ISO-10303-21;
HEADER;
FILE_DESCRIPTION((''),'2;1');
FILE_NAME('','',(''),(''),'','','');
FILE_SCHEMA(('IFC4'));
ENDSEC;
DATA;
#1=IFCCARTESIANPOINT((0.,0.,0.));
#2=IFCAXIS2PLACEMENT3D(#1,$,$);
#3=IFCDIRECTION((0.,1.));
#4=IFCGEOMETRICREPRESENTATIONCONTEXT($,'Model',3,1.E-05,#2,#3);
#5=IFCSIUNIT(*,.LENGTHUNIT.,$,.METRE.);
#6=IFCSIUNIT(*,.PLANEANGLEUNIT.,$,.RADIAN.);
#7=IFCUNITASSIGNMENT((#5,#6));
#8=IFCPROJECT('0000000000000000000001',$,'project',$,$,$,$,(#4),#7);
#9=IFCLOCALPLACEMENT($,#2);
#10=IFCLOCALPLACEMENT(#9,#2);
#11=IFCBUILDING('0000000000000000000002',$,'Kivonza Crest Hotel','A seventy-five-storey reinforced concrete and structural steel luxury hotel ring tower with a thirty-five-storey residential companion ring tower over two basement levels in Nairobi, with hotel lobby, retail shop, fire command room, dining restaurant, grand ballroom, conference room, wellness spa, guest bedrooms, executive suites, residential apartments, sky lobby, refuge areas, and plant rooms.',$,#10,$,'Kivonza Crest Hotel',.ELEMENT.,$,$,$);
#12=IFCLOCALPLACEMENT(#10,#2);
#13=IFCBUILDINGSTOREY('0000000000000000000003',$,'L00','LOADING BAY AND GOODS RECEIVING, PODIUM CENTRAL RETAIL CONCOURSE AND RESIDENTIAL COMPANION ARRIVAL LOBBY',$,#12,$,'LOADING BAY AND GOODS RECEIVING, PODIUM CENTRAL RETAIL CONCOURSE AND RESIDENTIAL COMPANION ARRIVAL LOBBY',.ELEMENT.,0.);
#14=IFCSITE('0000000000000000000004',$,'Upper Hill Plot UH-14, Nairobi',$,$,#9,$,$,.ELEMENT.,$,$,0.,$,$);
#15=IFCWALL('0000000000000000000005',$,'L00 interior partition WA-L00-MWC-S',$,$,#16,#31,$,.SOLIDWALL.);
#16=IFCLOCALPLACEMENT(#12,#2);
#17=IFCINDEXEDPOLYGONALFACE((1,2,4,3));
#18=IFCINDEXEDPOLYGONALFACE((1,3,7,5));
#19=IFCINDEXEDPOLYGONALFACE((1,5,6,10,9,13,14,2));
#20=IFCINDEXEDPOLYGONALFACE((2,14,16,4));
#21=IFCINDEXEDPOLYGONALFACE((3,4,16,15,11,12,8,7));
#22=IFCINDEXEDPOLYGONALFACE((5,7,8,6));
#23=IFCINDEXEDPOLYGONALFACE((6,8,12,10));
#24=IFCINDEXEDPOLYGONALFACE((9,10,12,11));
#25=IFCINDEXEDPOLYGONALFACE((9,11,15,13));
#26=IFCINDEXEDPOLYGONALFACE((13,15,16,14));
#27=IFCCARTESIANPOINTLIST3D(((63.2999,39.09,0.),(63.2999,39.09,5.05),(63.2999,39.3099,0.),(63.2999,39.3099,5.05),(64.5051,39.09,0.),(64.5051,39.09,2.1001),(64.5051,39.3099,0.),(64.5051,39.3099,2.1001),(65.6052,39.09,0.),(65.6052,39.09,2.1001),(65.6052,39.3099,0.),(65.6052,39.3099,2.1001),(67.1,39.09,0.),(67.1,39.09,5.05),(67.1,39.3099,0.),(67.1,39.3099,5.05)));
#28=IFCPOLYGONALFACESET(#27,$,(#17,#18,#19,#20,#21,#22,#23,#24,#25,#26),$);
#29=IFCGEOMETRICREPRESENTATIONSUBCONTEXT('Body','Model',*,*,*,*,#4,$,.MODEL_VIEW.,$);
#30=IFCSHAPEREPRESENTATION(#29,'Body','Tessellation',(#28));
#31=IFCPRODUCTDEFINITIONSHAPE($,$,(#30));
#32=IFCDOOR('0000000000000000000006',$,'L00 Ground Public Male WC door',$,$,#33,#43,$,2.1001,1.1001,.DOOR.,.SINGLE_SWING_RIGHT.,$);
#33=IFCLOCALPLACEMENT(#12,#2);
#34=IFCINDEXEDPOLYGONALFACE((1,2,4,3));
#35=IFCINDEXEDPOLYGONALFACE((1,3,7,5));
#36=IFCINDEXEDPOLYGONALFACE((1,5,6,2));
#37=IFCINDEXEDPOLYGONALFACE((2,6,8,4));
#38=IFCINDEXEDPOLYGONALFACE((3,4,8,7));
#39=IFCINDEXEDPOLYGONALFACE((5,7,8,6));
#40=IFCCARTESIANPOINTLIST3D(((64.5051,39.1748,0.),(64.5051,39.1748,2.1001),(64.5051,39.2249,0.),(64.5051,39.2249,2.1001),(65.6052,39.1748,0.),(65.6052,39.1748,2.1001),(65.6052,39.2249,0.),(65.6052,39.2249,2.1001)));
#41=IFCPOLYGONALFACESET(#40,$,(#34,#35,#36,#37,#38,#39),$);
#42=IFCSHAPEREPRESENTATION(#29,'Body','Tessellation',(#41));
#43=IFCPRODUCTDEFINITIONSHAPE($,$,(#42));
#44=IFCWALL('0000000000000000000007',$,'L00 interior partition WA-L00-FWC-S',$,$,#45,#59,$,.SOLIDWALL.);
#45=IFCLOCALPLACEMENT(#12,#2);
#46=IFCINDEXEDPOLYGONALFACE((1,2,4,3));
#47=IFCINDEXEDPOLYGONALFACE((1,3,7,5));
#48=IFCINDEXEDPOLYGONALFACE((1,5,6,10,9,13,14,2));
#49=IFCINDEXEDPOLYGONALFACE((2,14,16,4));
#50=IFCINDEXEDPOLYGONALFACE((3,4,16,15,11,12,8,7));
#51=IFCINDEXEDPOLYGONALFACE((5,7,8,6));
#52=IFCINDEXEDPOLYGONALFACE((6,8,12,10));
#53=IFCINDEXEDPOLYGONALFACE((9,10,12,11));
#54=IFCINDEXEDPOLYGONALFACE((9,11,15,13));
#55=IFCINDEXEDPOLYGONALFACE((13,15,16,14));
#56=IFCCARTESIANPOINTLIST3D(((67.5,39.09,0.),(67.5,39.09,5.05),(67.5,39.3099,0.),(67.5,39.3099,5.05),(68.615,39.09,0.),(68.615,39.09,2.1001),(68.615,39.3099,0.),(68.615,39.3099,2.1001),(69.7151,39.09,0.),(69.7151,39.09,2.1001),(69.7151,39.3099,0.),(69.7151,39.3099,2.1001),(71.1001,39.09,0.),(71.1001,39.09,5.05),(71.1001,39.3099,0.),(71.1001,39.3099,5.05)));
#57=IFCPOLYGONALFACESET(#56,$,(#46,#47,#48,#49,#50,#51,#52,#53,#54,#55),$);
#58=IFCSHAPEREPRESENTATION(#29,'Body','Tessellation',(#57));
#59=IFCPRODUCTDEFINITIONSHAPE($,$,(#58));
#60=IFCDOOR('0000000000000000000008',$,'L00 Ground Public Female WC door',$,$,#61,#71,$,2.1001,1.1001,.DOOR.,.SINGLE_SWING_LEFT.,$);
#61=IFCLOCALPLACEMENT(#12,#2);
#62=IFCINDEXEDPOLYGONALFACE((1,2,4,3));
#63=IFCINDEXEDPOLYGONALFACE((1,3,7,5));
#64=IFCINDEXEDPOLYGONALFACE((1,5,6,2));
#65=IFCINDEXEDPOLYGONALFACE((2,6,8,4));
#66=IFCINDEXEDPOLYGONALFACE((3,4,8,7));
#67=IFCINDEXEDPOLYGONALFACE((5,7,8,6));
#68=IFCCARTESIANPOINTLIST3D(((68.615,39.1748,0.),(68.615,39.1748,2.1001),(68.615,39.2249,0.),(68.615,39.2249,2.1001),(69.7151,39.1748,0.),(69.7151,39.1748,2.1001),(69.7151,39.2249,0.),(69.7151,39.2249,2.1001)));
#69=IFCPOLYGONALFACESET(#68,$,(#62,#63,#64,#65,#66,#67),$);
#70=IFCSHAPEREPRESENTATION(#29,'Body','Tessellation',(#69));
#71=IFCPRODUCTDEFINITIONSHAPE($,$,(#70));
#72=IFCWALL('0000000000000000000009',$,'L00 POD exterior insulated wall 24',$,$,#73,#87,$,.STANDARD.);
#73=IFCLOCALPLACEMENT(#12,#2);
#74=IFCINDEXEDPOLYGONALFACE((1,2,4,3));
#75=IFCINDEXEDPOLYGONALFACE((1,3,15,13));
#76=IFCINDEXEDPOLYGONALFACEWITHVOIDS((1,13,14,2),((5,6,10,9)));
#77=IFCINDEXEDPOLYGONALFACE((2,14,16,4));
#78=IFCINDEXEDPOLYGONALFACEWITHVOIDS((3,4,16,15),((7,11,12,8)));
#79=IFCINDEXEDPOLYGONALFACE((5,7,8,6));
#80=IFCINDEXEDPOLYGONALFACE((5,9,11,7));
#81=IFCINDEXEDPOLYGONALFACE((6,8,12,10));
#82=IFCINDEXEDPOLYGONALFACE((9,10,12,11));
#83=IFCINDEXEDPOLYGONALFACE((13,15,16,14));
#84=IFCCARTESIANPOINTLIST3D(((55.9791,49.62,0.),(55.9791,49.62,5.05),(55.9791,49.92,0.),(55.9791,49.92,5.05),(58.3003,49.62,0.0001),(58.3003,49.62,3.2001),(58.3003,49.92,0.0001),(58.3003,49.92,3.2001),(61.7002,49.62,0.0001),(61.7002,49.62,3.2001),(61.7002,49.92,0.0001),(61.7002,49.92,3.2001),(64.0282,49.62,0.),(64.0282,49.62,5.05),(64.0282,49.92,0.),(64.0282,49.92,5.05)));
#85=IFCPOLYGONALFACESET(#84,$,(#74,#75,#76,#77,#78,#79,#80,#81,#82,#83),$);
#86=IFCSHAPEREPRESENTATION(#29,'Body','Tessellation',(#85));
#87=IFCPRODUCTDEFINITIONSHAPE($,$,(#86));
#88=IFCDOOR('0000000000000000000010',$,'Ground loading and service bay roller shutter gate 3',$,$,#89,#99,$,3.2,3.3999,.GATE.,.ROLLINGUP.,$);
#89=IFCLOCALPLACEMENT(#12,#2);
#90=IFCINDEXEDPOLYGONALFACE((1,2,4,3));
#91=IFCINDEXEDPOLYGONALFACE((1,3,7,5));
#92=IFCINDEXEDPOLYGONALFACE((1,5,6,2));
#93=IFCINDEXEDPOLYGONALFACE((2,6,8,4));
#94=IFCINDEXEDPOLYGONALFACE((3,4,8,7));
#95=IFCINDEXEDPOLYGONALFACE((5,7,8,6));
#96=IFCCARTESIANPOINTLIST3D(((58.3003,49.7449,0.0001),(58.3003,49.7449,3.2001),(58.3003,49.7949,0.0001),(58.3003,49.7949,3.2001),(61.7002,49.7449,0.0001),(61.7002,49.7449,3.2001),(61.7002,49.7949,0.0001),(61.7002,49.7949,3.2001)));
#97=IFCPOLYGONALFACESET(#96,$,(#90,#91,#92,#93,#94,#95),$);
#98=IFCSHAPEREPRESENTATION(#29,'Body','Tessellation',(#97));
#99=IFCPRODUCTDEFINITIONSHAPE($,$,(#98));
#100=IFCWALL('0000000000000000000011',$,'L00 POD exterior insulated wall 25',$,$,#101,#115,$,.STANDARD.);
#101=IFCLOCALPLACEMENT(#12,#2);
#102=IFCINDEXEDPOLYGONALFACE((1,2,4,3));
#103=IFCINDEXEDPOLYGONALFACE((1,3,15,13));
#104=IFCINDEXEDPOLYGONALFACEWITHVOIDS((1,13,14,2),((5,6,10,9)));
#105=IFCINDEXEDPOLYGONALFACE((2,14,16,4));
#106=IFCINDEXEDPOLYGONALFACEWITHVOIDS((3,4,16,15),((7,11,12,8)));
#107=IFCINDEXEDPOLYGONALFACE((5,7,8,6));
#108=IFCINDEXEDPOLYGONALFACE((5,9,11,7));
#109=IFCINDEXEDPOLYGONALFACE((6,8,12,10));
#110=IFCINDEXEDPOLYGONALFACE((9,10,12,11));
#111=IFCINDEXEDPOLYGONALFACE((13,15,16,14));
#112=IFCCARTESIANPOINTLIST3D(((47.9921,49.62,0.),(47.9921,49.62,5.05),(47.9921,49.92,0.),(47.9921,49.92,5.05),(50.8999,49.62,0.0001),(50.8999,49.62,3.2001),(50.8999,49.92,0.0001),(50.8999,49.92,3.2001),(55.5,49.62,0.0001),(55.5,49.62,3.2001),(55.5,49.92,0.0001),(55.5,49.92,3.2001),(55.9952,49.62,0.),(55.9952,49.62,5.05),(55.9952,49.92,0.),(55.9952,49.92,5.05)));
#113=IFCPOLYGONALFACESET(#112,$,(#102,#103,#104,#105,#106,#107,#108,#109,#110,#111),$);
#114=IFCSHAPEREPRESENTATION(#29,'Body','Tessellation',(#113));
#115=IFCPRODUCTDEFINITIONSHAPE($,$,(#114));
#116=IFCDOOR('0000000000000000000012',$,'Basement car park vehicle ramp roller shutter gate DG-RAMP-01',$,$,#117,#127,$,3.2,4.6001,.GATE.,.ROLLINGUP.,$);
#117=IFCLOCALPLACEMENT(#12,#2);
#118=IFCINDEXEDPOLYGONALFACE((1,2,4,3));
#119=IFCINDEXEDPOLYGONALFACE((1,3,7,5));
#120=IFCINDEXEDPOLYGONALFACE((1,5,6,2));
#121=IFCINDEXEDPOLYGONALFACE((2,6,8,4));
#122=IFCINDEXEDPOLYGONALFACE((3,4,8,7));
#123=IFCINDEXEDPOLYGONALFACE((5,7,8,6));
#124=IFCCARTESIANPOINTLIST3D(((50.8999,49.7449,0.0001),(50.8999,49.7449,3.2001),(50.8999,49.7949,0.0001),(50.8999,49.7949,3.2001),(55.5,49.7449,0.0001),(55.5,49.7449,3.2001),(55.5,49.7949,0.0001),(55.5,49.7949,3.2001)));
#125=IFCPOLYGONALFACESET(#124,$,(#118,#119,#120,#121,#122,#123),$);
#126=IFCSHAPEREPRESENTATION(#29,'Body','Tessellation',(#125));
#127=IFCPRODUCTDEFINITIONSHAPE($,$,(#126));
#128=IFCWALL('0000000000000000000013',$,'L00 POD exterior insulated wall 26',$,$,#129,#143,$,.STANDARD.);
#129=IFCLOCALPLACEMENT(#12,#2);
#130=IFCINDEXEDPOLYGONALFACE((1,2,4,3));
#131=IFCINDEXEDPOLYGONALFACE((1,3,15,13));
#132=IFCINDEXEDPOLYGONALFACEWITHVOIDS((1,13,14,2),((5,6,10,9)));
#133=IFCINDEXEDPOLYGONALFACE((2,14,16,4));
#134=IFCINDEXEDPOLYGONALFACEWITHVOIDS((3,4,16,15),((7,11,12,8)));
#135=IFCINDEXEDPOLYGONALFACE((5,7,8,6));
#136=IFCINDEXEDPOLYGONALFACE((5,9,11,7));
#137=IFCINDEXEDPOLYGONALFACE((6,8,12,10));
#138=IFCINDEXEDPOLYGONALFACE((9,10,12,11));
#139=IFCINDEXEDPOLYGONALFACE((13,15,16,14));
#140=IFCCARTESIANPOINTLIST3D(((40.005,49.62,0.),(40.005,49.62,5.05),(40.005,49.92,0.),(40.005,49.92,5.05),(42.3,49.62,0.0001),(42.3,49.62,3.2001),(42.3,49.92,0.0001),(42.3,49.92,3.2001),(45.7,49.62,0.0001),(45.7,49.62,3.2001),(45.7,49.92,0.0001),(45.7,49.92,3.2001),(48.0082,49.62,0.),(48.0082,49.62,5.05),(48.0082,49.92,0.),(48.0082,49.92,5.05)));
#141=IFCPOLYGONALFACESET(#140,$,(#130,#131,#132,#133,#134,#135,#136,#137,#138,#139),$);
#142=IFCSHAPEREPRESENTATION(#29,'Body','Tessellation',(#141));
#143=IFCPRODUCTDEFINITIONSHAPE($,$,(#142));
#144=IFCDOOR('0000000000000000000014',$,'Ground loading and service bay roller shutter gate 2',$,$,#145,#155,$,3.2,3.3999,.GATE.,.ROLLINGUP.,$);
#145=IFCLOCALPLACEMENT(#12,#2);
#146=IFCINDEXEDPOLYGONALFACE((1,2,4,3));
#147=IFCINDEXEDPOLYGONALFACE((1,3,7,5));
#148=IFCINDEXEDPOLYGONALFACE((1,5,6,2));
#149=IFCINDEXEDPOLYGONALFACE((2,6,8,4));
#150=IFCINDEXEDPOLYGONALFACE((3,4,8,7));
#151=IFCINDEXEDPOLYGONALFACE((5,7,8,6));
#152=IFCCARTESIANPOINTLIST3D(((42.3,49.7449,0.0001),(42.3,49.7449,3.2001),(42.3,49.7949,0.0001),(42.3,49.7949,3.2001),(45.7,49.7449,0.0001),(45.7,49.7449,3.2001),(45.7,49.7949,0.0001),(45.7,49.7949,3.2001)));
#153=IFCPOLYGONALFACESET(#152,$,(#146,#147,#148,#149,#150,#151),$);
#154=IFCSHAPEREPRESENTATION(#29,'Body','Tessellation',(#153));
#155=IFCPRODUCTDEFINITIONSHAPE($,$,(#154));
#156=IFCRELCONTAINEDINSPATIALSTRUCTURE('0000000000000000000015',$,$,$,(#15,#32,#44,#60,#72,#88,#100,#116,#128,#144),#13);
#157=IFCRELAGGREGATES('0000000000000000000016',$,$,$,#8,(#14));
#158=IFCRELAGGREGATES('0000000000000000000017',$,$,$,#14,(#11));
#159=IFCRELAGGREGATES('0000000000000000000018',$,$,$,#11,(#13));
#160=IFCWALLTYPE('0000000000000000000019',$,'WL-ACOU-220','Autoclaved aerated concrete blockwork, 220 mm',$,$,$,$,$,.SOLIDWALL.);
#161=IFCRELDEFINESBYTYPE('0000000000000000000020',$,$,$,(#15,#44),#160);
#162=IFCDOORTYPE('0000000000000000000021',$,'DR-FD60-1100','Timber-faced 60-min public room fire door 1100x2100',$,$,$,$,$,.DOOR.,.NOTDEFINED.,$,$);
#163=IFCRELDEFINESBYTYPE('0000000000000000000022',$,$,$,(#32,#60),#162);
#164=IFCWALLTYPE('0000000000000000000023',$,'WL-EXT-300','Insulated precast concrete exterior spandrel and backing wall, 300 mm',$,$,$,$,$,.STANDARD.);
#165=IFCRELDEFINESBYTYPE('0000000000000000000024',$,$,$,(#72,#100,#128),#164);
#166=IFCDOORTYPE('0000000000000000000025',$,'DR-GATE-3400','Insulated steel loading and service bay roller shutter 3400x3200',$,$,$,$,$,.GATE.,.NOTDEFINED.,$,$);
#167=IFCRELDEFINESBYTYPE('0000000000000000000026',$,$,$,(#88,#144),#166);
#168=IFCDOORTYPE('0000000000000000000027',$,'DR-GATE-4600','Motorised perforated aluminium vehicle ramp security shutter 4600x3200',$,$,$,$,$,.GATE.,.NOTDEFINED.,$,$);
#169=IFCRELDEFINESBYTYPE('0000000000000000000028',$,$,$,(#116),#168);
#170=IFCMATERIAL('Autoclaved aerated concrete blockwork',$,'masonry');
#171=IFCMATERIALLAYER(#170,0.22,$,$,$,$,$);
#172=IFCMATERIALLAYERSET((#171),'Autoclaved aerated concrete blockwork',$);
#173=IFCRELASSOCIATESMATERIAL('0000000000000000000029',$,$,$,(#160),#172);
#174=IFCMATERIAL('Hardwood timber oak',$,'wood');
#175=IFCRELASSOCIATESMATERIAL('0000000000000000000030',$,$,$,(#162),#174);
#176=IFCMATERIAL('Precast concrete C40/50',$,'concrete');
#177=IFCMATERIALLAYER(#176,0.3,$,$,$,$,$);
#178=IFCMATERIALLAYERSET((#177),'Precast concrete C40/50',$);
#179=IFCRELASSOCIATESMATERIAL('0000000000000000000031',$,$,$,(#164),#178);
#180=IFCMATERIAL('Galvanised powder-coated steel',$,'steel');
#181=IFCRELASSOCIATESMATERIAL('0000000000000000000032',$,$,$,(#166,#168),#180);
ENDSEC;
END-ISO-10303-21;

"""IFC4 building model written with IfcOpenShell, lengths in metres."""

from ifc_helpers import new_model, si_unit, direction, frame, frame_2d, origin, place, context, subcontext, project, spatial, rectangle, extrude, material, layer, layer_set, type_object, element, fill, save


model = new_model("IFC4")

# Units and contexts
model_context = context("Model", 3, precision=1e-05, world=origin(), true_north=direction((0.0, 1.0)))
body_context = subcontext(model_context, "Body", "Model", "MODEL_VIEW")
ifc_project = project(units=[si_unit("LENGTHUNIT", "METRE"), si_unit("PLANEANGLEUNIT", "RADIAN")], contexts=[model_context])

# Site, building, storey
site_placement = place(None, origin())
site = spatial("IfcSite", under=ifc_project, at=site_placement, Name="Upper Hill Plot UH-14, Nairobi", CompositionType="ELEMENT", RefElevation=0.0)
building_placement = place(site_placement, origin())
building = spatial("IfcBuilding", under=site, at=building_placement, Name="Kivonza Crest Hotel", Description="A seventy-five-storey reinforced concrete and structural steel luxury hotel ring tower with a thirty-five-storey residential companion ring tower over two basement levels in Nairobi, with hotel lobby, retail shop, fire command room, dining restaurant, grand ballroom, conference room, wellness spa, guest bedrooms, executive suites, residential apartments, sky lobby, refuge areas, and plant rooms.", LongName="Kivonza Crest Hotel", CompositionType="ELEMENT")
storey_placement = place(building_placement, origin())
storey = spatial("IfcBuildingStorey", under=building, at=storey_placement, Name="L00", Description="LOADING BAY AND GOODS RECEIVING, PODIUM CENTRAL RETAIL CONCOURSE AND RESIDENTIAL COMPANION ARRIVAL LOBBY", LongName="LOADING BAY AND GOODS RECEIVING, PODIUM CENTRAL RETAIL CONCOURSE AND RESIDENTIAL COMPANION ARRIVAL LOBBY", CompositionType="ELEMENT", Elevation=0.0)

# Walls, openings, doors
ifc_material_1 = material(Name="Autoclaved aerated concrete blockwork", Category="masonry")
ifc_layer_1 = layer(ifc_material_1, 0.22)
ifc_layer_set_1 = layer_set([ifc_layer_1], Name="Autoclaved aerated concrete blockwork")
wall_type_1 = type_object("IfcWallType", Name="WL-ACOU-220", Description="Autoclaved aerated concrete blockwork, 220 mm", PredefinedType="SOLIDWALL", material=ifc_layer_set_1)
wall_1_placement = place(storey_placement, frame((63.3, 39.2, 0.0), z_axis=(0.0, 0.0, 1.0), x_axis=(1.0, 0.0, 0.0)))
wall_1 = element("IfcWall", 1, at=wall_1_placement, inside=storey, type_object=wall_type_1, Name="L00 interior partition WA-L00-MWC-S", PredefinedType="SOLIDWALL", context=body_context, shape_type="SweptSolid", body=[
    extrude(rectangle(XDim=3.8, YDim=0.22, at=frame_2d((1.8999, 0.0))), origin(), (0.0, 0.0, 1.0), 5.05),
])
opening_1_placement = place(wall_1_placement, frame((1.2051, 0.0, 0.0)))
opening_1 = element("IfcOpeningElement", 2, at=opening_1_placement, cuts=wall_1, PredefinedType="OPENING", context=body_context, shape_type="SweptSolid", body=[
    extrude(rectangle(XDim=1.1001, YDim=2.1001, at=frame_2d((0.55, 1.05))), frame((0.0, 0.1201, 0.0), z_axis=(0.0, -1.0, 0.0), x_axis=(1.0, 0.0, 0.0)), (0.0, 0.0, 1.0), 0.24),
])
ifc_material_2 = material(Name="Hardwood timber oak", Category="wood")
door_type_1 = type_object("IfcDoorType", Name="DR-FD60-1100", Description="Timber-faced 60-min public room fire door 1100x2100", OperationType="NOTDEFINED", PredefinedType="DOOR", material=ifc_material_2)
door_1_placement = place(opening_1_placement, origin())
door_1 = element("IfcDoor", 3, at=door_1_placement, inside=storey, type_object=door_type_1, Name="L00 Ground Public Male WC door", OperationType="SINGLE_SWING_RIGHT", OverallHeight=2.1001, OverallWidth=1.1001, PredefinedType="DOOR", context=body_context, shape_type="SweptSolid", body=[
    extrude(rectangle(XDim=1.1001, YDim=2.1001, at=frame_2d((0.55, 1.05))), frame((0.0, 0.0249, 0.0), z_axis=(0.0, -1.0, 0.0), x_axis=(1.0, 0.0, 0.0)), (0.0, 0.0, 1.0), 0.05),
])
fill(opening_1, door_1)
wall_2_placement = place(storey_placement, frame((67.5, 39.2, 0.0), z_axis=(0.0, 0.0, 1.0), x_axis=(1.0, 0.0, 0.0)))
wall_2 = element("IfcWall", 4, at=wall_2_placement, inside=storey, type_object=wall_type_1, Name="L00 interior partition WA-L00-FWC-S", PredefinedType="SOLIDWALL", context=body_context, shape_type="SweptSolid", body=[
    extrude(rectangle(XDim=3.6001, YDim=0.22, at=frame_2d((1.8, 0.0))), origin(), (0.0, 0.0, 1.0), 5.05),
])
opening_2_placement = place(wall_2_placement, frame((1.115, 0.0, 0.0)))
opening_2 = element("IfcOpeningElement", 5, at=opening_2_placement, cuts=wall_2, PredefinedType="OPENING", context=body_context, shape_type="SweptSolid", body=[
    extrude(rectangle(XDim=1.1001, YDim=2.1001, at=frame_2d((0.55, 1.05))), frame((0.0, 0.1201, 0.0), z_axis=(0.0, -1.0, 0.0), x_axis=(1.0, 0.0, 0.0)), (0.0, 0.0, 1.0), 0.24),
])
door_2_placement = place(opening_2_placement, origin())
door_2 = element("IfcDoor", 6, at=door_2_placement, inside=storey, type_object=door_type_1, Name="L00 Ground Public Female WC door", OperationType="SINGLE_SWING_LEFT", OverallHeight=2.1001, OverallWidth=1.1001, PredefinedType="DOOR", context=body_context, shape_type="SweptSolid", body=[
    extrude(rectangle(XDim=1.1001, YDim=2.1001, at=frame_2d((0.55, 1.05))), frame((0.0, 0.0249, 0.0), z_axis=(0.0, -1.0, 0.0), x_axis=(1.0, 0.0, 0.0)), (0.0, 0.0, 1.0), 0.05),
])
fill(opening_2, door_2)
ifc_material_3 = material(Name="Precast concrete C40/50", Category="concrete")
ifc_layer_2 = layer(ifc_material_3, 0.3)
ifc_layer_set_2 = layer_set([ifc_layer_2], Name="Precast concrete C40/50")
wall_type_2 = type_object("IfcWallType", Name="WL-EXT-300", Description="Insulated precast concrete exterior spandrel and backing wall, 300 mm", PredefinedType="STANDARD", material=ifc_layer_set_2)
wall_3_placement = place(storey_placement, frame((64.0281, 49.77, 0.0), z_axis=(0.0, 0.0, 1.0), x_axis=(-1.0, 0.0, 0.0)))
wall_3 = element("IfcWall", 7, at=wall_3_placement, inside=storey, type_object=wall_type_2, Name="L00 POD exterior insulated wall 24", PredefinedType="STANDARD", context=body_context, shape_type="SweptSolid", body=[
    extrude(rectangle(XDim=8.0491, YDim=0.3, at=frame_2d((4.0244, 0.0))), origin(), (0.0, 0.0, 1.0), 5.05),
])
opening_3_placement = place(wall_3_placement, frame((2.3279, 0.0, 0.0)))
opening_3 = element("IfcOpeningElement", 8, at=opening_3_placement, cuts=wall_3, PredefinedType="OPENING", context=body_context, shape_type="SweptSolid", body=[
    extrude(rectangle(XDim=3.3999, YDim=3.2, at=frame_2d((1.7, 1.6001))), frame((0.0, 0.1602, 0.0), z_axis=(0.0, -1.0, 0.0), x_axis=(1.0, 0.0, 0.0)), (0.0, 0.0, 1.0), 0.3201),
])
ifc_material_4 = material(Name="Galvanised powder-coated steel", Category="steel")
door_type_2 = type_object("IfcDoorType", Name="DR-GATE-3400", Description="Insulated steel loading and service bay roller shutter 3400x3200", OperationType="NOTDEFINED", PredefinedType="GATE", material=ifc_material_4)
door_3_placement = place(opening_3_placement, frame((3.3999, 0.0, 0.0), z_axis=(0.0, 0.0, 1.0), x_axis=(-1.0, 0.0, 0.0)))
door_3 = element("IfcDoor", 9, at=door_3_placement, inside=storey, type_object=door_type_2, Name="Ground loading and service bay roller shutter gate 3", OperationType="ROLLINGUP", OverallHeight=3.2, OverallWidth=3.3999, PredefinedType="GATE", context=body_context, shape_type="SweptSolid", body=[
    extrude(rectangle(XDim=3.3999, YDim=3.2, at=frame_2d((1.7, 1.6001))), frame((0.0, 0.0249, 0.0), z_axis=(0.0, -1.0, 0.0), x_axis=(1.0, 0.0, 0.0)), (0.0, 0.0, 1.0), 0.05),
])
fill(opening_3, door_3)
wall_4_placement = place(storey_placement, frame((55.9951, 49.77, 0.0), z_axis=(0.0, 0.0, 1.0), x_axis=(-1.0, 0.0, 0.0)))
wall_4 = element("IfcWall", 10, at=wall_4_placement, inside=storey, type_object=wall_type_2, Name="L00 POD exterior insulated wall 25", PredefinedType="STANDARD", context=body_context, shape_type="SweptSolid", body=[
    extrude(rectangle(XDim=8.0032, YDim=0.3, at=frame_2d((4.0015, 0.0))), origin(), (0.0, 0.0, 1.0), 5.05),
])
opening_4_placement = place(wall_4_placement, frame((0.4951, 0.0, 0.0)))
opening_4 = element("IfcOpeningElement", 11, at=opening_4_placement, cuts=wall_4, PredefinedType="OPENING", context=body_context, shape_type="SweptSolid", body=[
    extrude(rectangle(XDim=4.6001, YDim=3.2, at=frame_2d((2.3, 1.6001))), frame((0.0, 0.1602, 0.0), z_axis=(0.0, -1.0, 0.0), x_axis=(1.0, 0.0, 0.0)), (0.0, 0.0, 1.0), 0.3201),
])
door_type_3 = type_object("IfcDoorType", Name="DR-GATE-4600", Description="Motorised perforated aluminium vehicle ramp security shutter 4600x3200", OperationType="NOTDEFINED", PredefinedType="GATE", material=ifc_material_4)
door_4_placement = place(opening_4_placement, frame((4.6001, 0.0, 0.0), z_axis=(0.0, 0.0, 1.0), x_axis=(-1.0, 0.0, 0.0)))
door_4 = element("IfcDoor", 12, at=door_4_placement, inside=storey, type_object=door_type_3, Name="Basement car park vehicle ramp roller shutter gate DG-RAMP-01", OperationType="ROLLINGUP", OverallHeight=3.2, OverallWidth=4.6001, PredefinedType="GATE", context=body_context, shape_type="SweptSolid", body=[
    extrude(rectangle(XDim=4.6001, YDim=3.2, at=frame_2d((2.3, 1.6001))), frame((0.0, 0.0249, 0.0), z_axis=(0.0, -1.0, 0.0), x_axis=(1.0, 0.0, 0.0)), (0.0, 0.0, 1.0), 0.05),
])
fill(opening_4, door_4)
wall_5_placement = place(storey_placement, frame((48.0081, 49.77, 0.0), z_axis=(0.0, 0.0, 1.0), x_axis=(-1.0, 0.0, 0.0)))
wall_5 = element("IfcWall", 13, at=wall_5_placement, inside=storey, type_object=wall_type_2, Name="L00 POD exterior insulated wall 26", PredefinedType="STANDARD", context=body_context, shape_type="SweptSolid", body=[
    extrude(rectangle(XDim=8.0032, YDim=0.3, at=frame_2d((4.0015, 0.0))), origin(), (0.0, 0.0, 1.0), 5.05),
])
opening_5_placement = place(wall_5_placement, frame((2.3081, 0.0, 0.0)))
opening_5 = element("IfcOpeningElement", 14, at=opening_5_placement, cuts=wall_5, PredefinedType="OPENING", context=body_context, shape_type="SweptSolid", body=[
    extrude(rectangle(XDim=3.3999, YDim=3.2, at=frame_2d((1.7, 1.6001))), frame((0.0, 0.1602, 0.0), z_axis=(0.0, -1.0, 0.0), x_axis=(1.0, 0.0, 0.0)), (0.0, 0.0, 1.0), 0.3201),
])
door_5_placement = place(opening_5_placement, frame((3.3999, 0.0, 0.0), z_axis=(0.0, 0.0, 1.0), x_axis=(-1.0, 0.0, 0.0)))
door_5 = element("IfcDoor", 15, at=door_5_placement, inside=storey, type_object=door_type_2, Name="Ground loading and service bay roller shutter gate 2", OperationType="ROLLINGUP", OverallHeight=3.2, OverallWidth=3.3999, PredefinedType="GATE", context=body_context, shape_type="SweptSolid", body=[
    extrude(rectangle(XDim=3.3999, YDim=3.2, at=frame_2d((1.7, 1.6001))), frame((0.0, 0.0249, 0.0), z_axis=(0.0, -1.0, 0.0), x_axis=(1.0, 0.0, 0.0)), (0.0, 0.0, 1.0), 0.05),
])
fill(opening_5, door_5)

save(model, "model.ifc")
